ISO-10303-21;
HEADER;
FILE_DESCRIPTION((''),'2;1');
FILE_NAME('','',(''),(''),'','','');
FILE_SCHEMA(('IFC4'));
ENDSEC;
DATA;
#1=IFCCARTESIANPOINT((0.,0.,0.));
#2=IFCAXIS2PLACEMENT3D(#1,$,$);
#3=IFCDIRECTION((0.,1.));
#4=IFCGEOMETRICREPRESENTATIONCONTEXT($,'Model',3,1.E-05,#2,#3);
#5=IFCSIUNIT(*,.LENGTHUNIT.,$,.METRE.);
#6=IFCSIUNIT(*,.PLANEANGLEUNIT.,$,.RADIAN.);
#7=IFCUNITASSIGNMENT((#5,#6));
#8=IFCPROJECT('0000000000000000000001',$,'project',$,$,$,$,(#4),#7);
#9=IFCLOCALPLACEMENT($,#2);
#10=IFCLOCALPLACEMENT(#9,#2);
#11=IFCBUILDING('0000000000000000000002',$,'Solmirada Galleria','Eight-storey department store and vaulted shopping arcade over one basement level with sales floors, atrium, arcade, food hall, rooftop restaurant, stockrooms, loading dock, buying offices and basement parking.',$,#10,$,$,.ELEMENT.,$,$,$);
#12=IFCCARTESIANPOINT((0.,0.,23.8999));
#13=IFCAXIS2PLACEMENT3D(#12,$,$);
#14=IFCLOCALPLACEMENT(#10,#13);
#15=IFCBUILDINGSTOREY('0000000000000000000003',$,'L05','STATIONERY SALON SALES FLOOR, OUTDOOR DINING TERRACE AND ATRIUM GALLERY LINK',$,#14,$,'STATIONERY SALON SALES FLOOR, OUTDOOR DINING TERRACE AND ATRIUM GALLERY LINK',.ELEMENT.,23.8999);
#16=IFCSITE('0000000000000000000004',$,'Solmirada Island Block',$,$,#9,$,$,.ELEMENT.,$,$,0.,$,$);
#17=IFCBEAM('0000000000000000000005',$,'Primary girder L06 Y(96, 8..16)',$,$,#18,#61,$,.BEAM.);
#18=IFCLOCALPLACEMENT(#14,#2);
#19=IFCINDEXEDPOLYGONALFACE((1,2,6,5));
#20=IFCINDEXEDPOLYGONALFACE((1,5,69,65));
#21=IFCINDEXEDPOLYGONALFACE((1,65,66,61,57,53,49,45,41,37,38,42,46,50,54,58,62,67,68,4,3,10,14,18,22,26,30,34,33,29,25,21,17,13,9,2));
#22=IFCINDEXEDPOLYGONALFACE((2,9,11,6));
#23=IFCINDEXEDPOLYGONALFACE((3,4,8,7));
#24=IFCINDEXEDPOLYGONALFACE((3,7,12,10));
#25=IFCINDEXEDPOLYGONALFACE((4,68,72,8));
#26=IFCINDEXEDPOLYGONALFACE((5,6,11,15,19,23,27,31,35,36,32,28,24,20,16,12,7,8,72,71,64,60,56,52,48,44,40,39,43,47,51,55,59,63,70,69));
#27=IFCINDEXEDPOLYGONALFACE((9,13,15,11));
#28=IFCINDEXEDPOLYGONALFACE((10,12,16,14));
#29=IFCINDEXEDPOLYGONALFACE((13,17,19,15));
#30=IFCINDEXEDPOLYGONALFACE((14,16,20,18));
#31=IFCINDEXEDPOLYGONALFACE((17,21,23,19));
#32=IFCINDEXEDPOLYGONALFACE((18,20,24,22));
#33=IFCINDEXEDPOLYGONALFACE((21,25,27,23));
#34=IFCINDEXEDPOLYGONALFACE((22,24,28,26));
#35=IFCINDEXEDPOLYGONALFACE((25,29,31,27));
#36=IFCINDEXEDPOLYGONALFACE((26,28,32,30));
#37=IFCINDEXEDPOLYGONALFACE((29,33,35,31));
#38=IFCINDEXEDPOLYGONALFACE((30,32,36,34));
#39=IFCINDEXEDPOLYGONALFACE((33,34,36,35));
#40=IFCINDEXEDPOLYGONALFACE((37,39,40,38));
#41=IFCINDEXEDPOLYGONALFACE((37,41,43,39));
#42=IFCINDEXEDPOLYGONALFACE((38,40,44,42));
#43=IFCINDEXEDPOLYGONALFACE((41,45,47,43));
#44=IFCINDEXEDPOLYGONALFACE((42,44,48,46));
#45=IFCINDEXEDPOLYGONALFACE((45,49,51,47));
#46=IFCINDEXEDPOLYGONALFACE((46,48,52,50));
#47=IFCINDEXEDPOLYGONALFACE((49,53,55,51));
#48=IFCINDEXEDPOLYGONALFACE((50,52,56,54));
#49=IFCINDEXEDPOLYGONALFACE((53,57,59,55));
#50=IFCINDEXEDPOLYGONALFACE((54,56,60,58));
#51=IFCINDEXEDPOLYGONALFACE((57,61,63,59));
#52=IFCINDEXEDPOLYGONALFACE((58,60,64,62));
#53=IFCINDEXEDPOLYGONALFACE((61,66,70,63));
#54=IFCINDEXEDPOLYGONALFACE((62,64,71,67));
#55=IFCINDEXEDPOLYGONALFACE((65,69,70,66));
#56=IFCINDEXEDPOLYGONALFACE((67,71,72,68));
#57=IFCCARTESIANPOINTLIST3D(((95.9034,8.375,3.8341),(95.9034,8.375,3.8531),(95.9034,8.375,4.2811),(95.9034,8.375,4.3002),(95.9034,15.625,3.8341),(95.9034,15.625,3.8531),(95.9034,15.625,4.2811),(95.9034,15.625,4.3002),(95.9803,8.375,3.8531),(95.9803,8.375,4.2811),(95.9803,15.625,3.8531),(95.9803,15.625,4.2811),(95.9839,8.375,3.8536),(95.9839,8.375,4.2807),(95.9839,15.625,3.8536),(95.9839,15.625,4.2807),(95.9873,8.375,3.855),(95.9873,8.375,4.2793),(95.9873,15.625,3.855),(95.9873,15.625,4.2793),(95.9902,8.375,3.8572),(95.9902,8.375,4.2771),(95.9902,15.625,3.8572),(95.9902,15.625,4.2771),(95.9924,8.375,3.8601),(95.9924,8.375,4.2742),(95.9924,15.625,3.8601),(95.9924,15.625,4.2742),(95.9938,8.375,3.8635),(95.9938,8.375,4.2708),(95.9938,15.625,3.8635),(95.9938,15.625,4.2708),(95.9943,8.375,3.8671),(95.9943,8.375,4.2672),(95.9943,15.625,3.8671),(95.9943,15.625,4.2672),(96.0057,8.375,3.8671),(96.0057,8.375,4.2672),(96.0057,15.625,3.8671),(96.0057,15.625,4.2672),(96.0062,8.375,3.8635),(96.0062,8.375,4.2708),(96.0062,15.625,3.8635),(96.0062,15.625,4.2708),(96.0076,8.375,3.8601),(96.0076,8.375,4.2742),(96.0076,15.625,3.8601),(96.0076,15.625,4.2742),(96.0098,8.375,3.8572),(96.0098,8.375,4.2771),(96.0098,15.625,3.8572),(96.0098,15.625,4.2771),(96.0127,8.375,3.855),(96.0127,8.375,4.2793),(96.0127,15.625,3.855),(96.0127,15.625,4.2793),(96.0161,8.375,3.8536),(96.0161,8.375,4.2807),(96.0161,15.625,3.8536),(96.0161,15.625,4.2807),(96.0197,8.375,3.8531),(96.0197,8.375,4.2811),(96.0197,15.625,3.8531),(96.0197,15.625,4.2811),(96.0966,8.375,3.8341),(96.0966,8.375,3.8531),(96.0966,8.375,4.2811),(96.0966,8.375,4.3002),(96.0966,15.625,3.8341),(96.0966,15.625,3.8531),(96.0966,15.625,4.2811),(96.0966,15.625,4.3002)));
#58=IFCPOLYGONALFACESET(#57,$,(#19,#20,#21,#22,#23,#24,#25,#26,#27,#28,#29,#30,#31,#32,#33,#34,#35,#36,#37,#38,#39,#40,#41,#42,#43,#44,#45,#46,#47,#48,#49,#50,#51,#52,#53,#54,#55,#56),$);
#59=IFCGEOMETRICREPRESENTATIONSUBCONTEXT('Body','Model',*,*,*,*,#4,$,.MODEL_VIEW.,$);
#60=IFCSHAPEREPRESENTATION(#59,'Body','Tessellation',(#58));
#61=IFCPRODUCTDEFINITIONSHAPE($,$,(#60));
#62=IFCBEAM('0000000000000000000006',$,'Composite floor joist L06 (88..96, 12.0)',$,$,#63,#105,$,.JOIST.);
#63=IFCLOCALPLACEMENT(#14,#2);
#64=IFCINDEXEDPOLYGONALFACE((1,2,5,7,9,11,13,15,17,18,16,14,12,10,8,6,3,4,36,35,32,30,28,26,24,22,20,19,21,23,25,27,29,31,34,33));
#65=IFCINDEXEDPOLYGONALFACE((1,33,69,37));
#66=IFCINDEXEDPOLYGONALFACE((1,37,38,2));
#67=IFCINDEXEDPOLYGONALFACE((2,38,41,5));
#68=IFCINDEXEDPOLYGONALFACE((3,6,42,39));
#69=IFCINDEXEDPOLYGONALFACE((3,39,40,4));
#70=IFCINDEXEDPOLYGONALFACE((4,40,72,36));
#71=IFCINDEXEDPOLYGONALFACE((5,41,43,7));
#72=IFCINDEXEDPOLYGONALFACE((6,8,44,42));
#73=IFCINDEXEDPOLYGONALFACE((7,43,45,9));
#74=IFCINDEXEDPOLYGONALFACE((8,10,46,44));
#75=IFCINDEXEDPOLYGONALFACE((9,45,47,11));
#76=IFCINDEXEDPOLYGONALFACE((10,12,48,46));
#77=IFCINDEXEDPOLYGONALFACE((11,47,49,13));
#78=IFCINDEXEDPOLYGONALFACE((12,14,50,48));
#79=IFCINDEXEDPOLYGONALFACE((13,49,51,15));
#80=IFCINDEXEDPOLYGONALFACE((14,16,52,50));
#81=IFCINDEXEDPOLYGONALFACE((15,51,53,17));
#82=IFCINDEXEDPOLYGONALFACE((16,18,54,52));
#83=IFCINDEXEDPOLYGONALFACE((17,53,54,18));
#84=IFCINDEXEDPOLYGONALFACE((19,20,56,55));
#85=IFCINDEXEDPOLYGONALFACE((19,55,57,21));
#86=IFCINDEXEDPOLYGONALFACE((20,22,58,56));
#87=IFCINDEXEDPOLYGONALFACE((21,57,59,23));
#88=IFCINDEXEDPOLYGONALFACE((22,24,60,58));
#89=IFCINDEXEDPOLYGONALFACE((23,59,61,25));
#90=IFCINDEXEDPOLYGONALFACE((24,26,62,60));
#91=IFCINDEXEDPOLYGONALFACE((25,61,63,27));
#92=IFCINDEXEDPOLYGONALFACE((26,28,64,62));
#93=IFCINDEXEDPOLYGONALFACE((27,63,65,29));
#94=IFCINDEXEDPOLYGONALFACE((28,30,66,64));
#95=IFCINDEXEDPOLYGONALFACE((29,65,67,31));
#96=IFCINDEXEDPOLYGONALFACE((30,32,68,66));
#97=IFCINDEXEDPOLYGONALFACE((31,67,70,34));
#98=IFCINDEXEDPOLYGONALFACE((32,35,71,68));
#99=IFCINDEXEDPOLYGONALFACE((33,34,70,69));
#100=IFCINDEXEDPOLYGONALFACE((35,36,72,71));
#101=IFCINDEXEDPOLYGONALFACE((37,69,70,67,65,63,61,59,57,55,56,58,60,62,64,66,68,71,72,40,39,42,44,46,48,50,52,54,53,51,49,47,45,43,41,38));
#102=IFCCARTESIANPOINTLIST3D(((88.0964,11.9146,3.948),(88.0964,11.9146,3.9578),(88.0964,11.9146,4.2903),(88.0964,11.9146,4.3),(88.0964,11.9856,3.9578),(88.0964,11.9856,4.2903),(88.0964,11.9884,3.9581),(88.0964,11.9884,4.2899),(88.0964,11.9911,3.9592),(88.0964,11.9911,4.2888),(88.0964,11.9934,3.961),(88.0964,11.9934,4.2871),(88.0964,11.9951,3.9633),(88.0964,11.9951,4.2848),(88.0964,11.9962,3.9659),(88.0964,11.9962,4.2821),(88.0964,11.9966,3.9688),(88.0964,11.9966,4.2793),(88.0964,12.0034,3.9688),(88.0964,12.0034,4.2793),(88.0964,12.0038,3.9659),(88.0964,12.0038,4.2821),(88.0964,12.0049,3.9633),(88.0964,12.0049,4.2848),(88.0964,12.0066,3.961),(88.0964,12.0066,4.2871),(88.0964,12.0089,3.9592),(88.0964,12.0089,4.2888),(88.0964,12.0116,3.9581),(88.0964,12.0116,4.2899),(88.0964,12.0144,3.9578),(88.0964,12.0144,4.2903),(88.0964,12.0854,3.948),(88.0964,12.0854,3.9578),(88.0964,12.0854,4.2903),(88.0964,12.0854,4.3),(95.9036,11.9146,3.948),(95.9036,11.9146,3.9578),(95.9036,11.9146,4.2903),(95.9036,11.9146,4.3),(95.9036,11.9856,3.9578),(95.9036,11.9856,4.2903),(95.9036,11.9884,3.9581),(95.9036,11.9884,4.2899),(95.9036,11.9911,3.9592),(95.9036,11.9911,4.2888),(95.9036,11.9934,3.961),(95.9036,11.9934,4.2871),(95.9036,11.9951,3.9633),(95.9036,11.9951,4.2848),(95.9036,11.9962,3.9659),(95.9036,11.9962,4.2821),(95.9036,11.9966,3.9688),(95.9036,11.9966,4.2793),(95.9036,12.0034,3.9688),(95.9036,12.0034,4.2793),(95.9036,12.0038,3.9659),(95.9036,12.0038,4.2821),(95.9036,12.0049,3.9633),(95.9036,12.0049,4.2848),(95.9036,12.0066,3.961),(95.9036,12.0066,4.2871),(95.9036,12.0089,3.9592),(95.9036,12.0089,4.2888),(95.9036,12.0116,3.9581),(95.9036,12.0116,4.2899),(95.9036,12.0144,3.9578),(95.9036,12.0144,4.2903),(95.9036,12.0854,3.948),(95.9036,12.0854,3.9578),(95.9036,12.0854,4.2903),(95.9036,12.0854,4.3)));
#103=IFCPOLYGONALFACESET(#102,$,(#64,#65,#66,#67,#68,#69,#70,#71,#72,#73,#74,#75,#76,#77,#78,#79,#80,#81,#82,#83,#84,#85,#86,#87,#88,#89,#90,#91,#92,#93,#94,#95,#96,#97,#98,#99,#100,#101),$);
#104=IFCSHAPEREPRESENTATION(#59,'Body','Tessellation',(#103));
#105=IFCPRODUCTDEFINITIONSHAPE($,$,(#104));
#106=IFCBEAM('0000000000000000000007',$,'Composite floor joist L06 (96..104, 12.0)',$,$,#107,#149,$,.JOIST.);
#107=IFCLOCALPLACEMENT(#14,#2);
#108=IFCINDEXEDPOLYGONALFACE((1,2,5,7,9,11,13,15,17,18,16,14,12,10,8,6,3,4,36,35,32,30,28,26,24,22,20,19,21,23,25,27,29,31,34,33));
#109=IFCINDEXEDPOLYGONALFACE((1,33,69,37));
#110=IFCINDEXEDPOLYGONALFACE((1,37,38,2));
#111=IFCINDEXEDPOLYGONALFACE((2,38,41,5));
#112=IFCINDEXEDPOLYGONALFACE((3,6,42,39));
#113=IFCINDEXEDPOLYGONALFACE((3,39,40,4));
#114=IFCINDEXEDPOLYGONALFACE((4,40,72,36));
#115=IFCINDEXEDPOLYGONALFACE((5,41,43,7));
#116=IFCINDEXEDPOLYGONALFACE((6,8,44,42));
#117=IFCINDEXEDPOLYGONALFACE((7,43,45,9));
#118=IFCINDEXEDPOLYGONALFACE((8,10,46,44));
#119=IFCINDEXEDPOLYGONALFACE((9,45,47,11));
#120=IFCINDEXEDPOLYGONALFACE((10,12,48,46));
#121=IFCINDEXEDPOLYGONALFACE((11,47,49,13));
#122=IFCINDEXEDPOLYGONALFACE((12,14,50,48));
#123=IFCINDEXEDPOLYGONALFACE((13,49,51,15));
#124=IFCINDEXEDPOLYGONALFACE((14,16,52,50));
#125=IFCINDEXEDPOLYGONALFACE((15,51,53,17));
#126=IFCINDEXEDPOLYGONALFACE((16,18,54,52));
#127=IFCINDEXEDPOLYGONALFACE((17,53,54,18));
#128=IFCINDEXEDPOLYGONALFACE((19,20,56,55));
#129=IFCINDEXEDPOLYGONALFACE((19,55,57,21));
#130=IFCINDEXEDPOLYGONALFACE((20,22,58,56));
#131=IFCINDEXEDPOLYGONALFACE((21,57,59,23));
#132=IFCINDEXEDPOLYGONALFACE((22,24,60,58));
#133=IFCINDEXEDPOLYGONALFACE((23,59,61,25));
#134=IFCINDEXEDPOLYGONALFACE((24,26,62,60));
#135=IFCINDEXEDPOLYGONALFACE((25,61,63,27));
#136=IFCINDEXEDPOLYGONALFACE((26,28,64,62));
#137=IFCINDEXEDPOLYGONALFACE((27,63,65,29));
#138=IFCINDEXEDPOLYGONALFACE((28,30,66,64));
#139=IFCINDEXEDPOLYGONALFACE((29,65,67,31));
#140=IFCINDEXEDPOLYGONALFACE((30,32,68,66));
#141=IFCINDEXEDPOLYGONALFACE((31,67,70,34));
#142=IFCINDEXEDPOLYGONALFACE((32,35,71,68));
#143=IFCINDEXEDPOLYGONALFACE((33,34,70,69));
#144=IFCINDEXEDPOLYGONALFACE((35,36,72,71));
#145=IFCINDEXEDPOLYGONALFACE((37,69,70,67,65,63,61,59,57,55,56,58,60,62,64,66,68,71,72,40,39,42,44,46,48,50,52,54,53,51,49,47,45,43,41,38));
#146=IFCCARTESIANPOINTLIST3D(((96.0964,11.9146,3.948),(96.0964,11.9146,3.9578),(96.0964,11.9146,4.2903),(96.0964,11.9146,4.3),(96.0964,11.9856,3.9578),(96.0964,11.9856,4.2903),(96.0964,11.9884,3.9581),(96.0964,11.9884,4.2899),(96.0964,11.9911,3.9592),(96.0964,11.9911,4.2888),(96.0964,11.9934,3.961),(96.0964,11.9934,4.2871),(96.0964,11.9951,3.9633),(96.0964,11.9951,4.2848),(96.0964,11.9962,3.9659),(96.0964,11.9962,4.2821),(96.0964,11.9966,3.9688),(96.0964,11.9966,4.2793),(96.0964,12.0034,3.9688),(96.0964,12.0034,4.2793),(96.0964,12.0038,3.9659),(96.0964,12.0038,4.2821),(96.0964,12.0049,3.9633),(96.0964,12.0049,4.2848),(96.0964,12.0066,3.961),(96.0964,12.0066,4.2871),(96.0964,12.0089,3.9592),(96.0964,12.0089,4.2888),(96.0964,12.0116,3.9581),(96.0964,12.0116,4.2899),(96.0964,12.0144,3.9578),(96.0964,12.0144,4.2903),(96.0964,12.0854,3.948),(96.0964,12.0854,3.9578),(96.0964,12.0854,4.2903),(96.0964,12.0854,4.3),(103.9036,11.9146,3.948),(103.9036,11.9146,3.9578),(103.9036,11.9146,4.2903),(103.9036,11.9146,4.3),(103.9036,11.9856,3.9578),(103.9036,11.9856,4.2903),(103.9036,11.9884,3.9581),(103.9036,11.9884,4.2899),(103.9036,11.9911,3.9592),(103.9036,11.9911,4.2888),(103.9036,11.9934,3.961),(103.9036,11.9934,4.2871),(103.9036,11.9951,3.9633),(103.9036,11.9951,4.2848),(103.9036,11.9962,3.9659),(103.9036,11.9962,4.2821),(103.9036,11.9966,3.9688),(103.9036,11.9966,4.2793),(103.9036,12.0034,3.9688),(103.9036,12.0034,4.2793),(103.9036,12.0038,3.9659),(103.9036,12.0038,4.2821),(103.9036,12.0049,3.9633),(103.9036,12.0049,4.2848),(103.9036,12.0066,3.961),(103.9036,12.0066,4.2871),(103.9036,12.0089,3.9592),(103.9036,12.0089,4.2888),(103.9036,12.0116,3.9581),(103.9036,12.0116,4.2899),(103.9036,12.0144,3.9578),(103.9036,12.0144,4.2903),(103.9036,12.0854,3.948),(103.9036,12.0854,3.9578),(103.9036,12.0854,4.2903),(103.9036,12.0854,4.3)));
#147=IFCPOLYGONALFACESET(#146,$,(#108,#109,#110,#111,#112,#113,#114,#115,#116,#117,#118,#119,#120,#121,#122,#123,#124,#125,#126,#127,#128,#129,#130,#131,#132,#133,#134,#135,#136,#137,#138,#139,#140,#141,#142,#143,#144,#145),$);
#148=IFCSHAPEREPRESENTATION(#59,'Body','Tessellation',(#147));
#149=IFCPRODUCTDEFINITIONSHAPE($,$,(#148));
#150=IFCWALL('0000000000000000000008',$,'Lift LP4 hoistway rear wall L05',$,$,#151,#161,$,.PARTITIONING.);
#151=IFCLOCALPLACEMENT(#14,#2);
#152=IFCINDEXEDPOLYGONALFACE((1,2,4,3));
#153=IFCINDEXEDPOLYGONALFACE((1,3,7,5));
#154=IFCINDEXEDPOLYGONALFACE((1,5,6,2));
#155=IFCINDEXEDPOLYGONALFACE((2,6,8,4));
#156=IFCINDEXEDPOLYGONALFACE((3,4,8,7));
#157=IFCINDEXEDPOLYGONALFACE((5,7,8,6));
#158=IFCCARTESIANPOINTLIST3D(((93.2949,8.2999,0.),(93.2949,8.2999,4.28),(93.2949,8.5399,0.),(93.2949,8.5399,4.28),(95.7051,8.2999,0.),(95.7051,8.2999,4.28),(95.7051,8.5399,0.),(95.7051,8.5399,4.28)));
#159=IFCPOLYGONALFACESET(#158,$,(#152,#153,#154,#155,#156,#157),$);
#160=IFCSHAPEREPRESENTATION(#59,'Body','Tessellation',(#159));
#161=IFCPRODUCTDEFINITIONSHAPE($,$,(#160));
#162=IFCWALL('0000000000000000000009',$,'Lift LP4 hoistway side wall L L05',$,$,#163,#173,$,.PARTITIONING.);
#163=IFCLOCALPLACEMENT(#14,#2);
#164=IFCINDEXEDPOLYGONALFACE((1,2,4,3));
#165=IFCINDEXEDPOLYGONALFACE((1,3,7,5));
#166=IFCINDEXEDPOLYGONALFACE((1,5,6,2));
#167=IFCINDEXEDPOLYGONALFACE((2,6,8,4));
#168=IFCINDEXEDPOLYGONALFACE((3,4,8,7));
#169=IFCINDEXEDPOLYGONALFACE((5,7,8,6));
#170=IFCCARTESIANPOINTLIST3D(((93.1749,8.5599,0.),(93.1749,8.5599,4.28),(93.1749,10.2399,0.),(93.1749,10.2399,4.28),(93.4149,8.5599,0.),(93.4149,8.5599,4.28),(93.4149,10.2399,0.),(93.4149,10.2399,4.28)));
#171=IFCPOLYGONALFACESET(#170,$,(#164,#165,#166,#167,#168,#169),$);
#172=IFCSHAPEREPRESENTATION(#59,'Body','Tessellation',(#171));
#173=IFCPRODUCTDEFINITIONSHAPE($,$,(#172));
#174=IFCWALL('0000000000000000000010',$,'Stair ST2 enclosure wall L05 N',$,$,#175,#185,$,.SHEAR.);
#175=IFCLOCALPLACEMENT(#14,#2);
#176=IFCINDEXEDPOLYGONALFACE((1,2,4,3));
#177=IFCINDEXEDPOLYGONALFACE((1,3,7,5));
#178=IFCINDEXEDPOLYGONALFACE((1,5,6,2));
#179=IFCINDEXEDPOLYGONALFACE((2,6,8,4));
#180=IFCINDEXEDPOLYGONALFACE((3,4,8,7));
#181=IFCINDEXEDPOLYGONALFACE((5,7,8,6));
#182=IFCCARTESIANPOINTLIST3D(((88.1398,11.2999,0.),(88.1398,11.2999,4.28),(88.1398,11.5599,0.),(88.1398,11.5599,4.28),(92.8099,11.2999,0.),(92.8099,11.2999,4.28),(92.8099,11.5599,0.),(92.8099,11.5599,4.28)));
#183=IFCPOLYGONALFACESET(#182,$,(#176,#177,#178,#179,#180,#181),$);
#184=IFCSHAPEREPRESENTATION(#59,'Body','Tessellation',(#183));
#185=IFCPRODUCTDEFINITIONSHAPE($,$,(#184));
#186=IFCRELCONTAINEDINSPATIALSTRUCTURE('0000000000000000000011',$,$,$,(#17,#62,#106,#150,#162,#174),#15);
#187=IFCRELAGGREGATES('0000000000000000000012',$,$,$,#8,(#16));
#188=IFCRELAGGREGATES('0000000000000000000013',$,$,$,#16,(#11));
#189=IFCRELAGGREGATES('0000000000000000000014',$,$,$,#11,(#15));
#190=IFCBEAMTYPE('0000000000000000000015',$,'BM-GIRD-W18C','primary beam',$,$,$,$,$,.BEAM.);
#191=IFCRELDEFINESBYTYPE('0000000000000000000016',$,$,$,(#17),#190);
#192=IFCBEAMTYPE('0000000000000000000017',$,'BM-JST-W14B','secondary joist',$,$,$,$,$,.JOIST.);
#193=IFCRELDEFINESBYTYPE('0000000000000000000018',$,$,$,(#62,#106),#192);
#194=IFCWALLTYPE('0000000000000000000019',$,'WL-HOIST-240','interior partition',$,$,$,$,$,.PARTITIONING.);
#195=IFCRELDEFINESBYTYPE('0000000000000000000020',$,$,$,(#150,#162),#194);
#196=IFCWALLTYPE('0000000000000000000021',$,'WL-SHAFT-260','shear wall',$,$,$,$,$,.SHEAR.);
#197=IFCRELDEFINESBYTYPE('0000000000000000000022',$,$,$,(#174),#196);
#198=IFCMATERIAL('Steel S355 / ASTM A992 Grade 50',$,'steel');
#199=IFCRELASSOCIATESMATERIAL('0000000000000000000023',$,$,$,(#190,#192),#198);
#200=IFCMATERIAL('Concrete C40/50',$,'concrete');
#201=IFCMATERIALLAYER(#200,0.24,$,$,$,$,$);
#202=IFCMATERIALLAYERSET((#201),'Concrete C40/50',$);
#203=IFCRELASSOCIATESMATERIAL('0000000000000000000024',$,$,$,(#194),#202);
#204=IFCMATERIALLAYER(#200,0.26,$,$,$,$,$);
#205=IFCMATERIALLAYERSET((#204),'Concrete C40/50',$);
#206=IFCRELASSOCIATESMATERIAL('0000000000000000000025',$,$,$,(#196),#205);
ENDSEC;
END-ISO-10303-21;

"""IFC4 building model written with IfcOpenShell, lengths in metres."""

from ifc_helpers import new_model, si_unit, direction, frame, frame_2d, origin, origin_2d, place, context, subcontext, project, spatial, rectangle, i_section, extrude, material, layer, layer_set, material_profile, profile_set, type_object, element, save


model = new_model("IFC4")

# Units and contexts
model_context = context("Model", 3, precision=1e-05, world=origin(), true_north=direction((0.0, 1.0)))
body_context = subcontext(model_context, "Body", "Model", "MODEL_VIEW")
ifc_project = project(units=[si_unit("LENGTHUNIT", "METRE"), si_unit("PLANEANGLEUNIT", "RADIAN")], contexts=[model_context])

# Site, building, storey
site_placement = place(None, origin())
site = spatial("IfcSite", under=ifc_project, at=site_placement, Name="Solmirada Island Block", CompositionType="ELEMENT", RefElevation=0.0)
building_placement = place(site_placement, origin())
building = spatial("IfcBuilding", under=site, at=building_placement, Name="Solmirada Galleria", Description="Eight-storey department store and vaulted shopping arcade over one basement level with sales floors, atrium, arcade, food hall, rooftop restaurant, stockrooms, loading dock, buying offices and basement parking.", CompositionType="ELEMENT")
storey_placement = place(building_placement, frame((0.0, 0.0, 23.8999)))
storey = spatial("IfcBuildingStorey", under=building, at=storey_placement, Name="L05", Description="STATIONERY SALON SALES FLOOR, OUTDOOR DINING TERRACE AND ATRIUM GALLERY LINK", LongName="STATIONERY SALON SALES FLOOR, OUTDOOR DINING TERRACE AND ATRIUM GALLERY LINK", CompositionType="ELEMENT", Elevation=23.8999)

# Shared definitions
ifc_material_1 = material(Name="Concrete C40/50", Category="concrete")

# Beams
ifc_material_2 = material(Name="Steel S355 / ASTM A992 Grade 50", Category="steel")
ifc_material_profile_1 = material_profile(ifc_material_2, i_section(OverallWidth=0.1931, OverallDepth=0.4661, WebThickness=0.0115, FlangeThickness=0.019, FilletRadius=0.0139, at=origin_2d()), Name="W18X65")
ifc_profile_set_1 = profile_set([ifc_material_profile_1], Name="Steel S355 / ASTM A992 Grade 50")
beam_type_1 = type_object("IfcBeamType", Name="BM-GIRD-W18C", Description="primary beam", PredefinedType="BEAM", material=ifc_profile_set_1)
for number, where, z_axis, x_axis, name in (
    (1, (96.0, 8.375, 4.0671), (0.0, 1.0, 0.0), (-1.0, 0.0, 0.0), "Primary girder L06 Y(96, 8..16)"),
):
    element("IfcBeam", number, at=place(storey_placement, frame(where, z_axis=z_axis, x_axis=x_axis)), inside=storey, type_object=beam_type_1, Name=name, PredefinedType="BEAM", context=body_context, shape_type="SweptSolid", body=[
        extrude(i_section(OverallWidth=0.1931, OverallDepth=0.4661, WebThickness=0.0115, FlangeThickness=0.019, FilletRadius=0.0139, at=origin_2d()), origin(), (0.0, 0.0, 1.0), 7.25),
    ])
ifc_material_profile_2 = material_profile(ifc_material_2, i_section(OverallWidth=0.1709, OverallDepth=0.3521, WebThickness=0.0068, FlangeThickness=0.0098, FilletRadius=0.011, at=origin_2d()), Name="W14X30")
ifc_profile_set_2 = profile_set([ifc_material_profile_2], Name="Steel S355 / ASTM A992 Grade 50")
beam_type_2 = type_object("IfcBeamType", Name="BM-JST-W14B", Description="secondary joist", PredefinedType="JOIST", material=ifc_profile_set_2)
for number, where, z_axis, x_axis, name in (
    (2, (88.0964, 12.0, 4.124), (1.0, 0.0, 0.0), (0.0, 1.0, 0.0), "Composite floor joist L06 (88..96, 12.0)"),
    (3, (96.0964, 12.0, 4.124), (1.0, 0.0, 0.0), (0.0, 1.0, 0.0), "Composite floor joist L06 (96..104, 12.0)"),
):
    element("IfcBeam", number, at=place(storey_placement, frame(where, z_axis=z_axis, x_axis=x_axis)), inside=storey, type_object=beam_type_2, Name=name, PredefinedType="JOIST", context=body_context, shape_type="SweptSolid", body=[
        extrude(i_section(OverallWidth=0.1709, OverallDepth=0.3521, WebThickness=0.0068, FlangeThickness=0.0098, FilletRadius=0.011, at=origin_2d()), origin(), (0.0, 0.0, 1.0), 7.8071),
    ])

# Shared definitions
ifc_layer_1 = layer(ifc_material_1, 0.24)
ifc_layer_set_1 = layer_set([ifc_layer_1], Name="Concrete C40/50")
wall_type_1 = type_object("IfcWallType", Name="WL-HOIST-240", Description="interior partition", PredefinedType="PARTITIONING", material=ifc_layer_set_1)

# Walls
wall_1_placement = place(storey_placement, frame((93.2949, 8.4199, 0.0), z_axis=(0.0, 0.0, 1.0), x_axis=(1.0, 0.0, 0.0)))
element("IfcWall", 4, at=wall_1_placement, inside=storey, type_object=wall_type_1, Name="Lift LP4 hoistway rear wall L05", PredefinedType="PARTITIONING", context=body_context, shape_type="SweptSolid", body=[
    extrude(rectangle(XDim=2.4102, YDim=0.24, at=frame_2d((1.2051, 0.0))), origin(), (0.0, 0.0, 1.0), 4.28),
])
wall_2_placement = place(storey_placement, frame((93.2949, 8.5601, 0.0), z_axis=(0.0, 0.0, 1.0), x_axis=(0.0, 1.0, 0.0)))
element("IfcWall", 5, at=wall_2_placement, inside=storey, type_object=wall_type_1, Name="Lift LP4 hoistway side wall L L05", PredefinedType="PARTITIONING", context=body_context, shape_type="SweptSolid", body=[
    extrude(rectangle(XDim=1.6799, YDim=0.24, at=frame_2d((0.8398, 0.0))), origin(), (0.0, 0.0, 1.0), 4.28),
])
ifc_layer_2 = layer(ifc_material_1, 0.26)
ifc_layer_set_2 = layer_set([ifc_layer_2], Name="Concrete C40/50")
wall_type_2 = type_object("IfcWallType", Name="WL-SHAFT-260", Description="shear wall", PredefinedType="SHEAR", material=ifc_layer_set_2)
wall_3_placement = place(storey_placement, frame((88.1399, 11.4299, 0.0), z_axis=(0.0, 0.0, 1.0), x_axis=(1.0, 0.0, 0.0)))
element("IfcWall", 6, at=wall_3_placement, inside=storey, type_object=wall_type_2, Name="Stair ST2 enclosure wall L05 N", PredefinedType="SHEAR", context=body_context, shape_type="SweptSolid", body=[
    extrude(rectangle(XDim=4.6702, YDim=0.26, at=frame_2d((2.335, 0.0))), origin(), (0.0, 0.0, 1.0), 4.28),
])

save(model, "model.ifc")
